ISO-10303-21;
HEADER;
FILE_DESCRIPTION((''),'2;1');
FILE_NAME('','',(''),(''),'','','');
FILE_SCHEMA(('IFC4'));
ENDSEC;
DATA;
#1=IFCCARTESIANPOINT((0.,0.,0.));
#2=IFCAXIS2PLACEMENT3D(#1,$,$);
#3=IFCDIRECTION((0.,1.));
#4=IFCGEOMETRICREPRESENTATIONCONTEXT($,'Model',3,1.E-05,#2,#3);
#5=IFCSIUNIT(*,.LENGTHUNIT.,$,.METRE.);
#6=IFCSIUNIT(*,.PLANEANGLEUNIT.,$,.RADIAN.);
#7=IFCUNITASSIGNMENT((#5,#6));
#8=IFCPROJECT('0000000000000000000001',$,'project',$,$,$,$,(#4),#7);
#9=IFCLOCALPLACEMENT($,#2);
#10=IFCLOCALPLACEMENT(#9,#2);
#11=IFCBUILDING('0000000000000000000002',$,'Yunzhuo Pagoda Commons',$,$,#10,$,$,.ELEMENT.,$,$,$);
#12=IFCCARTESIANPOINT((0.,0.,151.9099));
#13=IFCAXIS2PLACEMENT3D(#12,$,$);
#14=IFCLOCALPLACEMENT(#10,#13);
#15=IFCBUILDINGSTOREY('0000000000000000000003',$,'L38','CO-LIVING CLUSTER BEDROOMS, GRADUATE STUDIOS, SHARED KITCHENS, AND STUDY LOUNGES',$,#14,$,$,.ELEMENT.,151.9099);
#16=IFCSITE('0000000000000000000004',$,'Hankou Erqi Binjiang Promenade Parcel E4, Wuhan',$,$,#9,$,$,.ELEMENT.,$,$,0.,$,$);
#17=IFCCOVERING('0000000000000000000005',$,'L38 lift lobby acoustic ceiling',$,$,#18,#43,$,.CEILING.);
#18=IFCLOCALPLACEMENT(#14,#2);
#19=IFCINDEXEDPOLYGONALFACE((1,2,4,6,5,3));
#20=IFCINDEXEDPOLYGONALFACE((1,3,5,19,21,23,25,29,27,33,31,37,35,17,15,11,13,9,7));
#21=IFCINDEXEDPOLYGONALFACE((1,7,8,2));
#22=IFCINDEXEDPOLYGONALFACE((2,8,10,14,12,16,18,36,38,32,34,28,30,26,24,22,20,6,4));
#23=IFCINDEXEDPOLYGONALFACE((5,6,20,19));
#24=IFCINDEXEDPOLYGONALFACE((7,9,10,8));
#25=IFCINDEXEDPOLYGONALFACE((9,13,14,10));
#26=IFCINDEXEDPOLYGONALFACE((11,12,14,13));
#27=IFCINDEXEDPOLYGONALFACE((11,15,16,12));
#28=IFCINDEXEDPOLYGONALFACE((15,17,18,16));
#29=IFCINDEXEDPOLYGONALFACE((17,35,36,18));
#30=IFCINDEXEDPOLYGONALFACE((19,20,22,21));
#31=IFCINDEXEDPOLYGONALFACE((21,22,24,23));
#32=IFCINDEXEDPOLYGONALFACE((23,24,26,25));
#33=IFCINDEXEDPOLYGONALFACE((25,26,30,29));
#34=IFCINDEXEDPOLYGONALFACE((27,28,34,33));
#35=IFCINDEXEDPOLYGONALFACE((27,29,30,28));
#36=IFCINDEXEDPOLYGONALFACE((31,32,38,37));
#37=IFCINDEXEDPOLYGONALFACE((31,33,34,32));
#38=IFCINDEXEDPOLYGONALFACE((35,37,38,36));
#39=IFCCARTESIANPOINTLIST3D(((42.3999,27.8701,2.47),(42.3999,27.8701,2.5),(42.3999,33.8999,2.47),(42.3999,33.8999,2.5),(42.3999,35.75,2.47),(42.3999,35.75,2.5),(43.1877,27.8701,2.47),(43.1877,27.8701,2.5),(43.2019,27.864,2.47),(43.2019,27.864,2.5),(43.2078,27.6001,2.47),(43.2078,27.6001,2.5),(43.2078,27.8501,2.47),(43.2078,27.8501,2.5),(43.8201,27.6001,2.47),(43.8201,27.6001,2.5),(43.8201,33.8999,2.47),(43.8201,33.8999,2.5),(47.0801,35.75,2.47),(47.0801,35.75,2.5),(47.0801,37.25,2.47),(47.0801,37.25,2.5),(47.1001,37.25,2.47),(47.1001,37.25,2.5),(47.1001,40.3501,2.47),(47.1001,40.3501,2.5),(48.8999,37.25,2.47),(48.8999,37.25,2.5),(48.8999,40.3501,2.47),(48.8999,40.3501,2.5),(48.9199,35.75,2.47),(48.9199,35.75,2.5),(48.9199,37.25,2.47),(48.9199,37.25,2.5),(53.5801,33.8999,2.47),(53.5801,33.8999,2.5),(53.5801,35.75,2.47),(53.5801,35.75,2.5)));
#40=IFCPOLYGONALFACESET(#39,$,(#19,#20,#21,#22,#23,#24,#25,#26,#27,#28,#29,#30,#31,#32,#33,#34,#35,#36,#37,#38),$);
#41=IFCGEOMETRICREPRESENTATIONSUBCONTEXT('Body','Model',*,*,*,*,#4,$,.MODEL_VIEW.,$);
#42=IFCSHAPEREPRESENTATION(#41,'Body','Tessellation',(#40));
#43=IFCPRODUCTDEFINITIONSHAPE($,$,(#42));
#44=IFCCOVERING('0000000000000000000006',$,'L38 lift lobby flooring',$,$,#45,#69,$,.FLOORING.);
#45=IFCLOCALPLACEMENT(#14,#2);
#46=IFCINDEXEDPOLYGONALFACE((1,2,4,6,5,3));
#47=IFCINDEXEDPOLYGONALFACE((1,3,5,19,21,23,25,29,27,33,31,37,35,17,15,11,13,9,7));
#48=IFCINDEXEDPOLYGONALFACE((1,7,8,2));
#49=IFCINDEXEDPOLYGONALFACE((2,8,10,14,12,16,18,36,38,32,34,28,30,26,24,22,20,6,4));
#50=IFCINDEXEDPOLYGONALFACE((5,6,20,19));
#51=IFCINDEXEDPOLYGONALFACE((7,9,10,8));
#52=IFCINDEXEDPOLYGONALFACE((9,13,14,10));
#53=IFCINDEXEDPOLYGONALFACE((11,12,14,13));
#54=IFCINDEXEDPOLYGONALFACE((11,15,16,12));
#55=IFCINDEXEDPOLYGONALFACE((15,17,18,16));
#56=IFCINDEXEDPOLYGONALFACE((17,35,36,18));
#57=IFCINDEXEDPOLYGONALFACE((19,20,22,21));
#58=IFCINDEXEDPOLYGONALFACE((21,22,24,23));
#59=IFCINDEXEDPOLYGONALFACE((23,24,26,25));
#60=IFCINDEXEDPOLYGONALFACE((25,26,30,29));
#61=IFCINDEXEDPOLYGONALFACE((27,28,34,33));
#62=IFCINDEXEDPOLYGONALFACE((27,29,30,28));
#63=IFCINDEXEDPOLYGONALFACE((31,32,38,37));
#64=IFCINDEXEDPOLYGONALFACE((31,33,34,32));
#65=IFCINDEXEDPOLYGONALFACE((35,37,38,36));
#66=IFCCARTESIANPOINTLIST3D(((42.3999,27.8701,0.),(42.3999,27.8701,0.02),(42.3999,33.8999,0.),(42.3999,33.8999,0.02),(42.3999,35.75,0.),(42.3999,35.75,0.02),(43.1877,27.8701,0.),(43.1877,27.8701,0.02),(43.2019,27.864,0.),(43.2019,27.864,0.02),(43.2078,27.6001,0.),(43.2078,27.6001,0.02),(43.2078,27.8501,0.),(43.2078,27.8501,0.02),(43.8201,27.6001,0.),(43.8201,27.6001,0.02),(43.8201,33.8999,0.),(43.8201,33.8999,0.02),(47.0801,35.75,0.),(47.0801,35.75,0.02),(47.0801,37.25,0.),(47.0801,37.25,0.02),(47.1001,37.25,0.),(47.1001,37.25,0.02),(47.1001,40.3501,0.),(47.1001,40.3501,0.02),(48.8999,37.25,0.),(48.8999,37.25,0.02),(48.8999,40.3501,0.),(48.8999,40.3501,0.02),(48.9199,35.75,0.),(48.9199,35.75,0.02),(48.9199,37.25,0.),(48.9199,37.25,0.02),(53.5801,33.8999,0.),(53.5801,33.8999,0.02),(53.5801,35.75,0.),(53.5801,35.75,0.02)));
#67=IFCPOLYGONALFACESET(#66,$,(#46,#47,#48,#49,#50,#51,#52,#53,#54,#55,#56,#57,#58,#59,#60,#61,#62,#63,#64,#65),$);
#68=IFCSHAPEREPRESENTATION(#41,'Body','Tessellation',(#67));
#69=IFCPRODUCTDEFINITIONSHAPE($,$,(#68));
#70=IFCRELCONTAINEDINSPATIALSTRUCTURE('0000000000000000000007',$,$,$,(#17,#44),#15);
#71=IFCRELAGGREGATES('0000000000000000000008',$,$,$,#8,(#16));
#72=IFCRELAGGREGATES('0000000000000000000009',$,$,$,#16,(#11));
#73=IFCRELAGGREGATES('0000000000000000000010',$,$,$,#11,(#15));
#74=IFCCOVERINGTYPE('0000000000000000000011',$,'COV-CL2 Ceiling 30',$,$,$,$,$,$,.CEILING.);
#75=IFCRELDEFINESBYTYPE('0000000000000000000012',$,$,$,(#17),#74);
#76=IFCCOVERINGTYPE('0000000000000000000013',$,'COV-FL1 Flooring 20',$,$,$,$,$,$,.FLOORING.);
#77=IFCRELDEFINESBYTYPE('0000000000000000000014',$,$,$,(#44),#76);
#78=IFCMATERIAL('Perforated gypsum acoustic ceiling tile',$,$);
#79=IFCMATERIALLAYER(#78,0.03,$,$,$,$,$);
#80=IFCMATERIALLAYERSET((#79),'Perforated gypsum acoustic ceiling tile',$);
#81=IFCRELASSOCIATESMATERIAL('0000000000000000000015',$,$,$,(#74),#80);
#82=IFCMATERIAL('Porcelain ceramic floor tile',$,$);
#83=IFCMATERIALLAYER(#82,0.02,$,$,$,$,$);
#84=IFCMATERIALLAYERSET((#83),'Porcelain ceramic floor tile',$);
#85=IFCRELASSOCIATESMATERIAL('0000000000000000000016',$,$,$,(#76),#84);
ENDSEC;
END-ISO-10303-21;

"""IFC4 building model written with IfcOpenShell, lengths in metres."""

from ifc_helpers import new_model, si_unit, direction, frame, origin, place, context, subcontext, project, spatial, polyline, outline, extrude, material, layer, layer_set, type_object, element, save


model = new_model("IFC4")

# Units and contexts
model_context = context("Model", 3, precision=1e-05, world=origin(), true_north=direction((0.0, 1.0)))
body_context = subcontext(model_context, "Body", "Model", "MODEL_VIEW")
ifc_project = project(units=[si_unit("LENGTHUNIT", "METRE"), si_unit("PLANEANGLEUNIT", "RADIAN")], contexts=[model_context])

# Site, building, storey
site_placement = place(None, origin())
site = spatial("IfcSite", under=ifc_project, at=site_placement, Name="Hankou Erqi Binjiang Promenade Parcel E4, Wuhan", CompositionType="ELEMENT", RefElevation=0.0)
building_placement = place(site_placement, origin())
building = spatial("IfcBuilding", under=site, at=building_placement, Name="Yunzhuo Pagoda Commons", CompositionType="ELEMENT")
storey_placement = place(building_placement, frame((0.0, 0.0, 151.9099)))
storey = spatial("IfcBuildingStorey", under=building, at=storey_placement, Name="L38", Description="CO-LIVING CLUSTER BEDROOMS, GRADUATE STUDIOS, SHARED KITCHENS, AND STUDY LOUNGES", CompositionType="ELEMENT", Elevation=151.9099)

# Coverings
ifc_material_1 = material(Name="Perforated gypsum acoustic ceiling tile")
ifc_layer_1 = layer(ifc_material_1, 0.03)
ifc_layer_set_1 = layer_set([ifc_layer_1], Name="Perforated gypsum acoustic ceiling tile")
covering_type_1 = type_object("IfcCoveringType", Name="COV-CL2 Ceiling 30", PredefinedType="CEILING", material=ifc_layer_set_1)
covering_1_placement = place(storey_placement, frame((0.0, 0.0, 2.47)))
element("IfcCovering", 1, at=covering_1_placement, inside=storey, type_object=covering_type_1, Name="L38 lift lobby acoustic ceiling", PredefinedType="CEILING", context=body_context, shape_type="SweptSolid", body=[
    extrude(outline(polyline([(42.3999, 35.75), (47.0801, 35.75), (47.0801, 37.25), (47.1001, 37.25), (47.1001, 40.3501), (48.8999, 40.3501), (48.8999, 37.25), (48.9199, 37.25), (48.9199, 35.75), (53.5801, 35.75), (53.5801, 33.8999), (43.8201, 33.8999), (43.8201, 27.6001), (43.2078, 27.6001), (43.2078, 27.8501), (43.2019, 27.864), (43.1877, 27.8701), (42.3999, 27.8701), (42.3999, 33.8999), (42.3999, 35.75)])), origin(), (0.0, 0.0, 1.0), 0.03),
])
ifc_material_2 = material(Name="Porcelain ceramic floor tile")
ifc_layer_2 = layer(ifc_material_2, 0.02)
ifc_layer_set_2 = layer_set([ifc_layer_2], Name="Porcelain ceramic floor tile")
covering_type_2 = type_object("IfcCoveringType", Name="COV-FL1 Flooring 20", PredefinedType="FLOORING", material=ifc_layer_set_2)
covering_2_placement = place(storey_placement, origin())
element("IfcCovering", 2, at=covering_2_placement, inside=storey, type_object=covering_type_2, Name="L38 lift lobby flooring", PredefinedType="FLOORING", context=body_context, shape_type="SweptSolid", body=[
    extrude(outline(polyline([(42.3999, 35.75), (47.0801, 35.75), (47.0801, 37.25), (47.1001, 37.25), (47.1001, 40.3501), (48.8999, 40.3501), (48.8999, 37.25), (48.9199, 37.25), (48.9199, 35.75), (53.5801, 35.75), (53.5801, 33.8999), (43.8201, 33.8999), (43.8201, 27.6001), (43.2078, 27.6001), (43.2078, 27.8501), (43.2019, 27.864), (43.1877, 27.8701), (42.3999, 27.8701), (42.3999, 33.8999), (42.3999, 35.75)])), origin(), (0.0, 0.0, 1.0), 0.02),
])

save(model, "model.ifc")
